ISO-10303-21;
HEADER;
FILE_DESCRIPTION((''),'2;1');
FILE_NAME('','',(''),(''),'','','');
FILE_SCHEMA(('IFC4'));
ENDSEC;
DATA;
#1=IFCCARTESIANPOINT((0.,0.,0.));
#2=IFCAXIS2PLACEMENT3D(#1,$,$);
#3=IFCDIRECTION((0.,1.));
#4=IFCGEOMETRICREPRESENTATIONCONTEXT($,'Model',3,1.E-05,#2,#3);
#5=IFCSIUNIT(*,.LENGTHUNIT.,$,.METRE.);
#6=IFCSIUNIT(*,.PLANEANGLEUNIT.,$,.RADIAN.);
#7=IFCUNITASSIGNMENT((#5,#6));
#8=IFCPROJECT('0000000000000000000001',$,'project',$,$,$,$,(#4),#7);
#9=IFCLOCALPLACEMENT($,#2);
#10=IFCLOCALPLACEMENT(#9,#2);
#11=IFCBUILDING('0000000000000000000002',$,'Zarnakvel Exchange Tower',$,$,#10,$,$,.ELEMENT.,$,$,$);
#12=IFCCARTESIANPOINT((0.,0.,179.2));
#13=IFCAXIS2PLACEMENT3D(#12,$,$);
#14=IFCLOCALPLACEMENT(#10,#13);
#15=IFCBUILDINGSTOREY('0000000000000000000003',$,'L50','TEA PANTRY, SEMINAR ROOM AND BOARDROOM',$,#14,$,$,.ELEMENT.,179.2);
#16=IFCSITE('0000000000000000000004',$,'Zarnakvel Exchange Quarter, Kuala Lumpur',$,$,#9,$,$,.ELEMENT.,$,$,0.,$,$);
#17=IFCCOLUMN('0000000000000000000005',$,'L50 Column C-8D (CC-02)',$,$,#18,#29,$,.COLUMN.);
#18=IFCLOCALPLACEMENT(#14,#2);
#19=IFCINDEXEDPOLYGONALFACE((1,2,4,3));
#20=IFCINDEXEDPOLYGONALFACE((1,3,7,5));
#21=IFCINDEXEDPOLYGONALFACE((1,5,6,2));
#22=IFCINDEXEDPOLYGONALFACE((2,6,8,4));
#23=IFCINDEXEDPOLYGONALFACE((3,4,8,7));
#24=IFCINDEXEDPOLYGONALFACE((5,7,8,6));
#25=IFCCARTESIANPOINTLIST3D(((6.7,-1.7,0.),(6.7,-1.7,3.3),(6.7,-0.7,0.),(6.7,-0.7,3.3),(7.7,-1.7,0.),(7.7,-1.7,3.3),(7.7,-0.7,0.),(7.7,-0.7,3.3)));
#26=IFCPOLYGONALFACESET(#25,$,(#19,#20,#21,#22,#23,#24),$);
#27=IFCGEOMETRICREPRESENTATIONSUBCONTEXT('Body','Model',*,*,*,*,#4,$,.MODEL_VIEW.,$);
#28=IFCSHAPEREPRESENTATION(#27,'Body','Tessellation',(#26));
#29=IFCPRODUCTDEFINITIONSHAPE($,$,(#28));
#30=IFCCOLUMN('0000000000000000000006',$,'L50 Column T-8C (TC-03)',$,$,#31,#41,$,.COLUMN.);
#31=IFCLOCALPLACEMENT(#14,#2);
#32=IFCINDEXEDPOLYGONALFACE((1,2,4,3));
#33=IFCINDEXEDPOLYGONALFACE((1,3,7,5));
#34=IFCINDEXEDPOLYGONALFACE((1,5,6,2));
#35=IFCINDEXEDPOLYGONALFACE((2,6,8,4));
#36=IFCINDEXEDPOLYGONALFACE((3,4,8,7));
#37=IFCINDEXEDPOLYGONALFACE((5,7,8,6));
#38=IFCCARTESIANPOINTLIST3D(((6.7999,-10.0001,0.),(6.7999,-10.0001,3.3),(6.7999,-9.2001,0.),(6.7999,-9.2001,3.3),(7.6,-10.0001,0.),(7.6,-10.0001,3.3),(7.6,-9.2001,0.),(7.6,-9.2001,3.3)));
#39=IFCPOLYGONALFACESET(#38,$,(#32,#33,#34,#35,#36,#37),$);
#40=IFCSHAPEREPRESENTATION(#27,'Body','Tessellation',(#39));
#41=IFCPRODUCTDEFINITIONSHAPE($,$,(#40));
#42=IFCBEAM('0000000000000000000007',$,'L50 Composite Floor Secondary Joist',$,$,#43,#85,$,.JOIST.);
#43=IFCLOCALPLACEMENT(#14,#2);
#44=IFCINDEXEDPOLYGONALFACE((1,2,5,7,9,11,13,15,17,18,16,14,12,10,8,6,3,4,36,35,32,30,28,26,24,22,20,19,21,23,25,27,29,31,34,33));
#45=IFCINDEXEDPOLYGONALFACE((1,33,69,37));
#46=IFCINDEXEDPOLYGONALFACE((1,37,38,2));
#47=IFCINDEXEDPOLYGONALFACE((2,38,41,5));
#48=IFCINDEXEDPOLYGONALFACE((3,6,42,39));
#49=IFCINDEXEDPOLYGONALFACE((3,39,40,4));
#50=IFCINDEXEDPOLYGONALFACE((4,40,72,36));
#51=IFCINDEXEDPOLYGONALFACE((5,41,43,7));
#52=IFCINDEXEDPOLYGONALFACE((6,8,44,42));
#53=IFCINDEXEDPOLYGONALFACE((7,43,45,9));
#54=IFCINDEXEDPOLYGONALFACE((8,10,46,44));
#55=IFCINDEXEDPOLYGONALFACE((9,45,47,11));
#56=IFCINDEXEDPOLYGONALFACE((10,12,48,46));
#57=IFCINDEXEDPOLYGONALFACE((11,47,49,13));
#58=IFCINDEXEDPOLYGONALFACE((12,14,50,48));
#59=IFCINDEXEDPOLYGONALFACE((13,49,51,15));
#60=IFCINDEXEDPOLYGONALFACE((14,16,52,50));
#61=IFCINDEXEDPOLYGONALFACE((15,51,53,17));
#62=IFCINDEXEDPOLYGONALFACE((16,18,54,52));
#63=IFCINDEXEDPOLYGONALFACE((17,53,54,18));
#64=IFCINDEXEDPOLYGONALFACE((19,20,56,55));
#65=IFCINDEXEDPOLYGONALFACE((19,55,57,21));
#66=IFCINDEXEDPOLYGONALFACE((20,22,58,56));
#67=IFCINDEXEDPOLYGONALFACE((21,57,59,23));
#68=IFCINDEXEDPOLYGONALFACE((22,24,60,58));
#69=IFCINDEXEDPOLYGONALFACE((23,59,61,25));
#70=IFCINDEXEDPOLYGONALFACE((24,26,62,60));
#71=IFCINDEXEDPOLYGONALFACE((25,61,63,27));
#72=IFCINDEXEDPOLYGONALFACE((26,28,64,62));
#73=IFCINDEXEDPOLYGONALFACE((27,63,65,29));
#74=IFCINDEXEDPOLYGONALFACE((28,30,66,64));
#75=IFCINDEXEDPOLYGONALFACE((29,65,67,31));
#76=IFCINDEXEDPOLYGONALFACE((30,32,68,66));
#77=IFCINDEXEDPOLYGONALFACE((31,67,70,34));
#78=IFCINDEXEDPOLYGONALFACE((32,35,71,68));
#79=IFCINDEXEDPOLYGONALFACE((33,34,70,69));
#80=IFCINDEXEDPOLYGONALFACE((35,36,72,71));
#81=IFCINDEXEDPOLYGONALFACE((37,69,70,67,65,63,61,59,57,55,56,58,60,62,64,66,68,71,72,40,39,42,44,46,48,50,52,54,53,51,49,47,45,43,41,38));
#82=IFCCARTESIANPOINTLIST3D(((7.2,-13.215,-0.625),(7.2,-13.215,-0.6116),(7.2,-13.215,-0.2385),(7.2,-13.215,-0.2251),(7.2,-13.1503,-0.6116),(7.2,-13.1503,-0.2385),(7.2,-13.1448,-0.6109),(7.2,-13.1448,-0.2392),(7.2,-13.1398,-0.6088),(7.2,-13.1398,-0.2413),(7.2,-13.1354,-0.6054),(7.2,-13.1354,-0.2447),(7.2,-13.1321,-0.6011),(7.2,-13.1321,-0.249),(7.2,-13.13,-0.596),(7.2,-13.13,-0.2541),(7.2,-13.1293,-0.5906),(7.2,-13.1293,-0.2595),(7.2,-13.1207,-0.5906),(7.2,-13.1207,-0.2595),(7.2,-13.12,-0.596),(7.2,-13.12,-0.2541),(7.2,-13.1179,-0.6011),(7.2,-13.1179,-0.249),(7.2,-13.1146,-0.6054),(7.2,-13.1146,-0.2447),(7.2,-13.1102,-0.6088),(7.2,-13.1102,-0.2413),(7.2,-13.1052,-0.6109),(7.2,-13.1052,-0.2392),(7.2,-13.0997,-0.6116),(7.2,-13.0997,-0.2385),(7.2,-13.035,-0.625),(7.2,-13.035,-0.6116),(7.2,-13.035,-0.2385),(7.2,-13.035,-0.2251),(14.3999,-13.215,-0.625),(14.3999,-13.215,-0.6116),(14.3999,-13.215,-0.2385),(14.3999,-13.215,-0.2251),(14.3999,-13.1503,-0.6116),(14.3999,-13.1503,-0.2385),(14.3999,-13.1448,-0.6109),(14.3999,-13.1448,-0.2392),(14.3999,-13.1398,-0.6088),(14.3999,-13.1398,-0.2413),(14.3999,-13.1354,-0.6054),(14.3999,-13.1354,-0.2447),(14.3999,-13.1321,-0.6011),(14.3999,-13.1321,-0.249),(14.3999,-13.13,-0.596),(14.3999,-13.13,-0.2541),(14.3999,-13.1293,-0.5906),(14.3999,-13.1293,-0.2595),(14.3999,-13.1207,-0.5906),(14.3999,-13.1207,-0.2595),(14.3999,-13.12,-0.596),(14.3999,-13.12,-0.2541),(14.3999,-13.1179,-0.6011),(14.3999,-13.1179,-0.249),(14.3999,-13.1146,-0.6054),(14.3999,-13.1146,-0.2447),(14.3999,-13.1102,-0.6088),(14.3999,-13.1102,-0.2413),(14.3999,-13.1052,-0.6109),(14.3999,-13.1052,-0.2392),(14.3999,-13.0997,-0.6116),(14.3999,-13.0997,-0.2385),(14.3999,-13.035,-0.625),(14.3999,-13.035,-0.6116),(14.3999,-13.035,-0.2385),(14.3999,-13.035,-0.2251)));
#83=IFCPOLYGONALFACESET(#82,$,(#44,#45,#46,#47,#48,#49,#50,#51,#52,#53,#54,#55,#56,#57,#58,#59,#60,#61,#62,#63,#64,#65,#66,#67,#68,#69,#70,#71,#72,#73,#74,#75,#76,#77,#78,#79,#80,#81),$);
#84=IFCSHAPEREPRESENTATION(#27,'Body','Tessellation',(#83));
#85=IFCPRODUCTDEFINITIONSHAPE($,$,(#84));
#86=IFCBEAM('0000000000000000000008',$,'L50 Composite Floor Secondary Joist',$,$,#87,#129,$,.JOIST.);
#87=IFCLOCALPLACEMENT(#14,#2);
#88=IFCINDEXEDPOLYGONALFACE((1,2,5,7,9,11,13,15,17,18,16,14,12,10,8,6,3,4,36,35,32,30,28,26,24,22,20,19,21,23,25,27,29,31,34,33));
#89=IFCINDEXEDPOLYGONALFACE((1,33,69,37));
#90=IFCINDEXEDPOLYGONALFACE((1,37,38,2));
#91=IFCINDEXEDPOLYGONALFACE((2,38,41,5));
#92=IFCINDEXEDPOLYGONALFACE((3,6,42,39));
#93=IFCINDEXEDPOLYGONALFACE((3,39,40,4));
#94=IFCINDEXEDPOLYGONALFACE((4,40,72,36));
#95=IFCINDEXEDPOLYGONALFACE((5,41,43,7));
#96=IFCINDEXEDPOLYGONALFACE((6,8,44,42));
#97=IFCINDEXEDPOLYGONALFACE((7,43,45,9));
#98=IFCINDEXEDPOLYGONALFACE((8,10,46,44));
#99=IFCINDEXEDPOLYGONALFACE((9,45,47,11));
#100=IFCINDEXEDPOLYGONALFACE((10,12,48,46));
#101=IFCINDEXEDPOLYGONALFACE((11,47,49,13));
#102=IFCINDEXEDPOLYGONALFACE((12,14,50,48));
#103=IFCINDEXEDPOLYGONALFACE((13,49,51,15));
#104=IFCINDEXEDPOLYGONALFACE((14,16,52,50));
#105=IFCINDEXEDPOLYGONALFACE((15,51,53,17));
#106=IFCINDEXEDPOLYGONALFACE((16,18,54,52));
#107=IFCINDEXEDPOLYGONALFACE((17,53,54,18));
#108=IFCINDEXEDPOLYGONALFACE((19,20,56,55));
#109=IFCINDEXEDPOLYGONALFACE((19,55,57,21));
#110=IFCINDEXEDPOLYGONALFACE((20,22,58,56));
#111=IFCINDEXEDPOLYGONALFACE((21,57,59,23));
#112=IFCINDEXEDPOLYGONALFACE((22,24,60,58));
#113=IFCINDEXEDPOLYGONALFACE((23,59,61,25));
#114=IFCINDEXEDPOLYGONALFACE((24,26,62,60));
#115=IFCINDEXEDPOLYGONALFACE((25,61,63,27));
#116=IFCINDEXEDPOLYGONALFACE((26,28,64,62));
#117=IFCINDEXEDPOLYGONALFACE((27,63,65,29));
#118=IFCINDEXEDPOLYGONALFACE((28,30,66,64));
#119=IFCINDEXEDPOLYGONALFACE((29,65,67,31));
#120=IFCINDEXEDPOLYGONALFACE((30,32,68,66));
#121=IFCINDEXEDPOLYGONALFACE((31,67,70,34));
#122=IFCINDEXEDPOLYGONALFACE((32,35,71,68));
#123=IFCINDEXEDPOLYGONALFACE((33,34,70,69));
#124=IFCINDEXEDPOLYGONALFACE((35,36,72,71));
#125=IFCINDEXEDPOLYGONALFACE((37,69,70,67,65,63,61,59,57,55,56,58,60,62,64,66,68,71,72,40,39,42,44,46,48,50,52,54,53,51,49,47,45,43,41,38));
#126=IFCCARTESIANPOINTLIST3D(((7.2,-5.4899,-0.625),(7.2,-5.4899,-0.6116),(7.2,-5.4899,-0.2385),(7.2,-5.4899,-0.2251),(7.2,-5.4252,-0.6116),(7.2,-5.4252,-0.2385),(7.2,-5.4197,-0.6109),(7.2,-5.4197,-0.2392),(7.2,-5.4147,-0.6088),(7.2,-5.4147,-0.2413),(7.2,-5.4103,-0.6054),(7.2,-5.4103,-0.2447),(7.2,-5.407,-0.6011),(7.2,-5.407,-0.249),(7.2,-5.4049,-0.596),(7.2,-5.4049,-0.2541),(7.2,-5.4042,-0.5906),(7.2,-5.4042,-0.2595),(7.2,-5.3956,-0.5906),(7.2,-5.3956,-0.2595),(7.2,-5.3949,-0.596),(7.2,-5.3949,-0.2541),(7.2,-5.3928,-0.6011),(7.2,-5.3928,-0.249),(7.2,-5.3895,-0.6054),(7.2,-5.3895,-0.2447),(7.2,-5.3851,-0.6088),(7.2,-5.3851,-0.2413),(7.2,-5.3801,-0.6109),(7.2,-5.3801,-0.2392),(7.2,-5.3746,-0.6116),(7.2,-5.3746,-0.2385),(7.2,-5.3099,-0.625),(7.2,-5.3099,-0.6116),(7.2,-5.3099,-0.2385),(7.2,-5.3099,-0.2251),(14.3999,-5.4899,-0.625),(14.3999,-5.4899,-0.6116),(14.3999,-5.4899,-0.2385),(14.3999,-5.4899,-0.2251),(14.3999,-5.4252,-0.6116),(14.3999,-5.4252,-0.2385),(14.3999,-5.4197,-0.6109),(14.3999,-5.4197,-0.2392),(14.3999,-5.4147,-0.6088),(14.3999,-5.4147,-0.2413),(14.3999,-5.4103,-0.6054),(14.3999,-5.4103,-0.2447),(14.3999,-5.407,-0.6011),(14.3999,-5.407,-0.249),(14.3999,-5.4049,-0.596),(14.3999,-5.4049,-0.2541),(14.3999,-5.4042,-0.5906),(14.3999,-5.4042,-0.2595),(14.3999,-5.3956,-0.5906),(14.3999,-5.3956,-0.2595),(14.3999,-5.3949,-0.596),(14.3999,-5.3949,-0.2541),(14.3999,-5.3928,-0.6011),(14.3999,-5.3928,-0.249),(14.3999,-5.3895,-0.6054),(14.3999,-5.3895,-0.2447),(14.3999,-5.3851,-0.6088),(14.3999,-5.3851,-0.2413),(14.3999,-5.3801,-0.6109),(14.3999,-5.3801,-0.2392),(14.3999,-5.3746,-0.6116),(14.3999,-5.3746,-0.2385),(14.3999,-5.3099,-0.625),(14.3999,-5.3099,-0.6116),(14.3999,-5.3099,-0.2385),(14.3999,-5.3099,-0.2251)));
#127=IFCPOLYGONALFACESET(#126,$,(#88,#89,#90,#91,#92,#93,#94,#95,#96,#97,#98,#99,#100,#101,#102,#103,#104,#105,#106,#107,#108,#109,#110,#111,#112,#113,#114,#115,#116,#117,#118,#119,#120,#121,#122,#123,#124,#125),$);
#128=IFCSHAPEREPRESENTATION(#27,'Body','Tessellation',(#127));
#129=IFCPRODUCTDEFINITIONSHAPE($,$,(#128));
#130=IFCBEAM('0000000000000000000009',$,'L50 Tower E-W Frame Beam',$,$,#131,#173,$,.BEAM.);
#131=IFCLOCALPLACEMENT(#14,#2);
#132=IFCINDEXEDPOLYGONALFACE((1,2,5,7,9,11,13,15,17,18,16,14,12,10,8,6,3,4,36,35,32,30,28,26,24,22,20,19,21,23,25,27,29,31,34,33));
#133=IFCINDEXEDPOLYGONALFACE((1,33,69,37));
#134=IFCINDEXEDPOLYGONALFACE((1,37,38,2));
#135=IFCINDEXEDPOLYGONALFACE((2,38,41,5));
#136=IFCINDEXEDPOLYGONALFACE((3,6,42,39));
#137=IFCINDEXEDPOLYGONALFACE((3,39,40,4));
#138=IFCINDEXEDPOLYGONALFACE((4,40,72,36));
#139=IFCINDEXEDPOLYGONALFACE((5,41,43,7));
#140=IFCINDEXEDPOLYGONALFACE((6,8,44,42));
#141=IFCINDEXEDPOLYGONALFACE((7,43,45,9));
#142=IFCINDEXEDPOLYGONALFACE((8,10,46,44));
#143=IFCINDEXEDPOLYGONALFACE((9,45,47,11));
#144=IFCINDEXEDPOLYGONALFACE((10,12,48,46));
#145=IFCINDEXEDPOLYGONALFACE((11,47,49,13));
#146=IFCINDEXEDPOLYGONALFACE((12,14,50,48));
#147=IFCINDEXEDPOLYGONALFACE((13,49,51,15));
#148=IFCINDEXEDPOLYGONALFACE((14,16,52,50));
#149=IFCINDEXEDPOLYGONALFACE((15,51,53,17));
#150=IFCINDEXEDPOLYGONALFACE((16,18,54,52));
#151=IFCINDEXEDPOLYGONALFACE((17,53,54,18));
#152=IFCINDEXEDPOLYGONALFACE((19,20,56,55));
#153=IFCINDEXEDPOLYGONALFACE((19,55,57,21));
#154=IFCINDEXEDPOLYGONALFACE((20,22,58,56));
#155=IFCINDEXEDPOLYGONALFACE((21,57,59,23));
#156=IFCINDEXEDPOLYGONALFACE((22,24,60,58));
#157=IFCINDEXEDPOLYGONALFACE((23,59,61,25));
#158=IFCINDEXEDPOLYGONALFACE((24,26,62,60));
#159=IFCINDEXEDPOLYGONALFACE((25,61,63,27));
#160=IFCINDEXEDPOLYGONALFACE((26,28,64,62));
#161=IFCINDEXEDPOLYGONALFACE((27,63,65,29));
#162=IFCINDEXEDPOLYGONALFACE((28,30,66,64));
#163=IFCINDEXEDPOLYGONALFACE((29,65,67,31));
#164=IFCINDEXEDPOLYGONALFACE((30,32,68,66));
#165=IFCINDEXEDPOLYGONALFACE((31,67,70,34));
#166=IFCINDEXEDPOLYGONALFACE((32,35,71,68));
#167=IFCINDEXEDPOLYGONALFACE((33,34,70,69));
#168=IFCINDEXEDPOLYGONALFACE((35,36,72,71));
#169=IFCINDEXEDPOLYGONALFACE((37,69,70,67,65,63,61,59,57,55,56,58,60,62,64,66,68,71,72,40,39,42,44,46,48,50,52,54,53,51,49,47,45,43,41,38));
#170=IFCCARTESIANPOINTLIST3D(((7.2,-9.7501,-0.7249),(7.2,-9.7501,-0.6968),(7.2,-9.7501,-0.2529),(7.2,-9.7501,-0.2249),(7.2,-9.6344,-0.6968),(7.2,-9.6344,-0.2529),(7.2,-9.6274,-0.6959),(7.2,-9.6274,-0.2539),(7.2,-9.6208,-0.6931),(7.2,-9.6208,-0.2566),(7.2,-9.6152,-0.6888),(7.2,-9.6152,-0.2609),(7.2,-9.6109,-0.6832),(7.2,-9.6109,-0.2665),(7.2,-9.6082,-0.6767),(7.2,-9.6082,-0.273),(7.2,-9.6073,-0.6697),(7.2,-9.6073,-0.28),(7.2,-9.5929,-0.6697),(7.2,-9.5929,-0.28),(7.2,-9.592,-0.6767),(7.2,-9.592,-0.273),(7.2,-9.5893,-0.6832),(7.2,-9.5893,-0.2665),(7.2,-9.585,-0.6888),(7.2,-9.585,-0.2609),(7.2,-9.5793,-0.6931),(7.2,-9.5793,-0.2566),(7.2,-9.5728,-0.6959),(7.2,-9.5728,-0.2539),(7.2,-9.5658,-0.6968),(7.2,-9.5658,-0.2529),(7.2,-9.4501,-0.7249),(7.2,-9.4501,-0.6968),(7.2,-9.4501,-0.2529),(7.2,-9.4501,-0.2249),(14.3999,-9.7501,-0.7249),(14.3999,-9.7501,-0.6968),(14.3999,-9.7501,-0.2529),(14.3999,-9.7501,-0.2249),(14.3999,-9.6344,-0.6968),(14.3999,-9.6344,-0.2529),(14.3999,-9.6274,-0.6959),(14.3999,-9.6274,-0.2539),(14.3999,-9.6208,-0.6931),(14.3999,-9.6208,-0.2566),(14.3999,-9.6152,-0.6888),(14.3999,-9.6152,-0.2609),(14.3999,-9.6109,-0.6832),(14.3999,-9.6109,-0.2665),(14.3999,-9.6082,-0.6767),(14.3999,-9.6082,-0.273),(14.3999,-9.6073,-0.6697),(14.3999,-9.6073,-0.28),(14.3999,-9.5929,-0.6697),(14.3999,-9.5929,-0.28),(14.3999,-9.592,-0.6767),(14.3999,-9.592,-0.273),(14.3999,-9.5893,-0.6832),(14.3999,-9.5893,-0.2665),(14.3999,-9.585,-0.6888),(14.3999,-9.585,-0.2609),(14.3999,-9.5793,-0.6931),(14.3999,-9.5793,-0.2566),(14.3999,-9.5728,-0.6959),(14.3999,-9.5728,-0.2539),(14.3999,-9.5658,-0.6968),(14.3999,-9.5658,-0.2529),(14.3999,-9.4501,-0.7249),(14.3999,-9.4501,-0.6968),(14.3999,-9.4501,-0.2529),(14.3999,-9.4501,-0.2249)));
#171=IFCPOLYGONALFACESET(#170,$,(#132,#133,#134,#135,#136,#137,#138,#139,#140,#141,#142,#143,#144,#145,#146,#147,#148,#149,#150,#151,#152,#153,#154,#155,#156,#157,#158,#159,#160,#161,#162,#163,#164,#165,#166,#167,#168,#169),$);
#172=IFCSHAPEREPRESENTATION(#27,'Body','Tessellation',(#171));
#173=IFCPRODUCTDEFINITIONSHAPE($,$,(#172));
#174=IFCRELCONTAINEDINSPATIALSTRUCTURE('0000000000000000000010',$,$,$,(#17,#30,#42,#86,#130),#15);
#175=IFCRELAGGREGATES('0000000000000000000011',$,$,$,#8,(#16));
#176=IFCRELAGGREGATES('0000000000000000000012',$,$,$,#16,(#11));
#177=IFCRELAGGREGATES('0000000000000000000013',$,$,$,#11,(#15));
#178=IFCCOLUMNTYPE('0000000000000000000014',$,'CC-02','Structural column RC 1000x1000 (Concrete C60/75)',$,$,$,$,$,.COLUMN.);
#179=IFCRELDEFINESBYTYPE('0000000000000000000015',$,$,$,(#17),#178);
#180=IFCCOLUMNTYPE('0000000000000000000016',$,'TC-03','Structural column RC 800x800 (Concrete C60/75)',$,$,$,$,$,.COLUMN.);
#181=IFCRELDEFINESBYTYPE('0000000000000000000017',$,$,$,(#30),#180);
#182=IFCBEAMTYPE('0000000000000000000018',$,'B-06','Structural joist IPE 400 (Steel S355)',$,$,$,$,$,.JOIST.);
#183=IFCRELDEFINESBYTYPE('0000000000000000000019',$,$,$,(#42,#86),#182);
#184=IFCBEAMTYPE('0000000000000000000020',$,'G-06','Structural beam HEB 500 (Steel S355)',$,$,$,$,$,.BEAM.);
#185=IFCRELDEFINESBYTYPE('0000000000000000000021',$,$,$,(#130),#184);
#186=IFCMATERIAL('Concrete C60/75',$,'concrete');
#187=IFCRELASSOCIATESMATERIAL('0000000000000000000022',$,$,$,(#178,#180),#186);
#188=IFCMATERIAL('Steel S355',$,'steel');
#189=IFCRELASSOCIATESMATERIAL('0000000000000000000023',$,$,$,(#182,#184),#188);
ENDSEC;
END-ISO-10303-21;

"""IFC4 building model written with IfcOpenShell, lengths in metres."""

from ifc_helpers import new_model, si_unit, direction, frame, origin, origin_2d, place, context, subcontext, project, spatial, rectangle, i_section, extrude, material, material_profile, profile_set, type_object, element, save


model = new_model("IFC4")

# Units and contexts
model_context = context("Model", 3, precision=1e-05, world=origin(), true_north=direction((0.0, 1.0)))
body_context = subcontext(model_context, "Body", "Model", "MODEL_VIEW")
ifc_project = project(units=[si_unit("LENGTHUNIT", "METRE"), si_unit("PLANEANGLEUNIT", "RADIAN")], contexts=[model_context])

# Site, building, storey
site_placement = place(None, origin())
site = spatial("IfcSite", under=ifc_project, at=site_placement, Name="Zarnakvel Exchange Quarter, Kuala Lumpur", CompositionType="ELEMENT", RefElevation=0.0)
building_placement = place(site_placement, origin())
building = spatial("IfcBuilding", under=site, at=building_placement, Name="Zarnakvel Exchange Tower", CompositionType="ELEMENT")
storey_placement = place(building_placement, frame((0.0, 0.0, 179.2)))
storey = spatial("IfcBuildingStorey", under=building, at=storey_placement, Name="L50", Description="TEA PANTRY, SEMINAR ROOM AND BOARDROOM", CompositionType="ELEMENT", Elevation=179.2)

# Columns
ifc_material_1 = material(Name="Concrete C60/75", Category="concrete")
ifc_material_profile_1 = material_profile(ifc_material_1, rectangle(XDim=1.0, YDim=1.0, at=origin_2d()))
ifc_profile_set_1 = profile_set([ifc_material_profile_1], Name="Concrete C60/75")
column_type_1 = type_object("IfcColumnType", Name="CC-02", Description="Structural column RC 1000x1000 (Concrete C60/75)", PredefinedType="COLUMN", material=ifc_profile_set_1)
column_1_placement = place(storey_placement, frame((7.2, -1.2, 0.0), z_axis=(0.0, 0.0, 1.0), x_axis=(1.0, 0.0, 0.0)))
element("IfcColumn", 1, at=column_1_placement, inside=storey, type_object=column_type_1, Name="L50 Column C-8D (CC-02)", PredefinedType="COLUMN", context=body_context, shape_type="SweptSolid", body=[
    extrude(rectangle(XDim=1.0, YDim=1.0, at=origin_2d()), origin(), (0.0, 0.0, 1.0), 3.3),
])
ifc_material_profile_2 = material_profile(ifc_material_1, rectangle(XDim=0.8, YDim=0.8, at=origin_2d()))
ifc_profile_set_2 = profile_set([ifc_material_profile_2], Name="Concrete C60/75")
column_type_2 = type_object("IfcColumnType", Name="TC-03", Description="Structural column RC 800x800 (Concrete C60/75)", PredefinedType="COLUMN", material=ifc_profile_set_2)
column_2_placement = place(storey_placement, frame((7.2, -9.6001, 0.0), z_axis=(0.0, 0.0, 1.0), x_axis=(1.0, 0.0, 0.0)))
element("IfcColumn", 2, at=column_2_placement, inside=storey, type_object=column_type_2, Name="L50 Column T-8C (TC-03)", PredefinedType="COLUMN", context=body_context, shape_type="SweptSolid", body=[
    extrude(rectangle(XDim=0.8, YDim=0.8, at=origin_2d()), origin(), (0.0, 0.0, 1.0), 3.3),
])

# Beams
ifc_material_2 = material(Name="Steel S355", Category="steel")
ifc_material_profile_3 = material_profile(ifc_material_2, i_section(OverallWidth=0.1799, OverallDepth=0.3999, WebThickness=0.0085, FlangeThickness=0.0134, FilletRadius=0.021, at=origin_2d()))
ifc_profile_set_3 = profile_set([ifc_material_profile_3], Name="Steel S355")
beam_type_1 = type_object("IfcBeamType", Name="B-06", Description="Structural joist IPE 400 (Steel S355)", PredefinedType="JOIST", material=ifc_profile_set_3)
for number, where, z_axis, x_axis, name in (
    (3, (7.2, -13.125, -0.425), (1.0, 0.0, 0.0), (0.0, 1.0, 0.0), "L50 Composite Floor Secondary Joist"),
    (4, (7.2, -5.3999, -0.425), (1.0, 0.0, 0.0), (0.0, 1.0, 0.0), "L50 Composite Floor Secondary Joist"),
):
    element("IfcBeam", number, at=place(storey_placement, frame(where, z_axis=z_axis, x_axis=x_axis)), inside=storey, type_object=beam_type_1, Name=name, PredefinedType="JOIST", context=body_context, shape_type="SweptSolid", body=[
        extrude(i_section(OverallWidth=0.1799, OverallDepth=0.3999, WebThickness=0.0085, FlangeThickness=0.0134, FilletRadius=0.021, at=origin_2d()), origin(), (0.0, 0.0, 1.0), 7.2),
    ])
ifc_material_profile_4 = material_profile(ifc_material_2, i_section(OverallWidth=0.3, OverallDepth=0.5, WebThickness=0.0144, FlangeThickness=0.0281, FilletRadius=0.0271, at=origin_2d()))
ifc_profile_set_4 = profile_set([ifc_material_profile_4], Name="Steel S355")
beam_type_2 = type_object("IfcBeamType", Name="G-06", Description="Structural beam HEB 500 (Steel S355)", PredefinedType="BEAM", material=ifc_profile_set_4)
beam_1_placement = place(storey_placement, frame((7.2, -9.6001, -0.4749), z_axis=(1.0, 0.0, 0.0), x_axis=(0.0, 1.0, 0.0)))
element("IfcBeam", 5, at=beam_1_placement, inside=storey, type_object=beam_type_2, Name="L50 Tower E-W Frame Beam", PredefinedType="BEAM", context=body_context, shape_type="SweptSolid", body=[
    extrude(i_section(OverallWidth=0.3, OverallDepth=0.5, WebThickness=0.0144, FlangeThickness=0.0281, FilletRadius=0.0271, at=origin_2d()), origin(), (0.0, 0.0, 1.0), 7.2),
])

save(model, "model.ifc")
